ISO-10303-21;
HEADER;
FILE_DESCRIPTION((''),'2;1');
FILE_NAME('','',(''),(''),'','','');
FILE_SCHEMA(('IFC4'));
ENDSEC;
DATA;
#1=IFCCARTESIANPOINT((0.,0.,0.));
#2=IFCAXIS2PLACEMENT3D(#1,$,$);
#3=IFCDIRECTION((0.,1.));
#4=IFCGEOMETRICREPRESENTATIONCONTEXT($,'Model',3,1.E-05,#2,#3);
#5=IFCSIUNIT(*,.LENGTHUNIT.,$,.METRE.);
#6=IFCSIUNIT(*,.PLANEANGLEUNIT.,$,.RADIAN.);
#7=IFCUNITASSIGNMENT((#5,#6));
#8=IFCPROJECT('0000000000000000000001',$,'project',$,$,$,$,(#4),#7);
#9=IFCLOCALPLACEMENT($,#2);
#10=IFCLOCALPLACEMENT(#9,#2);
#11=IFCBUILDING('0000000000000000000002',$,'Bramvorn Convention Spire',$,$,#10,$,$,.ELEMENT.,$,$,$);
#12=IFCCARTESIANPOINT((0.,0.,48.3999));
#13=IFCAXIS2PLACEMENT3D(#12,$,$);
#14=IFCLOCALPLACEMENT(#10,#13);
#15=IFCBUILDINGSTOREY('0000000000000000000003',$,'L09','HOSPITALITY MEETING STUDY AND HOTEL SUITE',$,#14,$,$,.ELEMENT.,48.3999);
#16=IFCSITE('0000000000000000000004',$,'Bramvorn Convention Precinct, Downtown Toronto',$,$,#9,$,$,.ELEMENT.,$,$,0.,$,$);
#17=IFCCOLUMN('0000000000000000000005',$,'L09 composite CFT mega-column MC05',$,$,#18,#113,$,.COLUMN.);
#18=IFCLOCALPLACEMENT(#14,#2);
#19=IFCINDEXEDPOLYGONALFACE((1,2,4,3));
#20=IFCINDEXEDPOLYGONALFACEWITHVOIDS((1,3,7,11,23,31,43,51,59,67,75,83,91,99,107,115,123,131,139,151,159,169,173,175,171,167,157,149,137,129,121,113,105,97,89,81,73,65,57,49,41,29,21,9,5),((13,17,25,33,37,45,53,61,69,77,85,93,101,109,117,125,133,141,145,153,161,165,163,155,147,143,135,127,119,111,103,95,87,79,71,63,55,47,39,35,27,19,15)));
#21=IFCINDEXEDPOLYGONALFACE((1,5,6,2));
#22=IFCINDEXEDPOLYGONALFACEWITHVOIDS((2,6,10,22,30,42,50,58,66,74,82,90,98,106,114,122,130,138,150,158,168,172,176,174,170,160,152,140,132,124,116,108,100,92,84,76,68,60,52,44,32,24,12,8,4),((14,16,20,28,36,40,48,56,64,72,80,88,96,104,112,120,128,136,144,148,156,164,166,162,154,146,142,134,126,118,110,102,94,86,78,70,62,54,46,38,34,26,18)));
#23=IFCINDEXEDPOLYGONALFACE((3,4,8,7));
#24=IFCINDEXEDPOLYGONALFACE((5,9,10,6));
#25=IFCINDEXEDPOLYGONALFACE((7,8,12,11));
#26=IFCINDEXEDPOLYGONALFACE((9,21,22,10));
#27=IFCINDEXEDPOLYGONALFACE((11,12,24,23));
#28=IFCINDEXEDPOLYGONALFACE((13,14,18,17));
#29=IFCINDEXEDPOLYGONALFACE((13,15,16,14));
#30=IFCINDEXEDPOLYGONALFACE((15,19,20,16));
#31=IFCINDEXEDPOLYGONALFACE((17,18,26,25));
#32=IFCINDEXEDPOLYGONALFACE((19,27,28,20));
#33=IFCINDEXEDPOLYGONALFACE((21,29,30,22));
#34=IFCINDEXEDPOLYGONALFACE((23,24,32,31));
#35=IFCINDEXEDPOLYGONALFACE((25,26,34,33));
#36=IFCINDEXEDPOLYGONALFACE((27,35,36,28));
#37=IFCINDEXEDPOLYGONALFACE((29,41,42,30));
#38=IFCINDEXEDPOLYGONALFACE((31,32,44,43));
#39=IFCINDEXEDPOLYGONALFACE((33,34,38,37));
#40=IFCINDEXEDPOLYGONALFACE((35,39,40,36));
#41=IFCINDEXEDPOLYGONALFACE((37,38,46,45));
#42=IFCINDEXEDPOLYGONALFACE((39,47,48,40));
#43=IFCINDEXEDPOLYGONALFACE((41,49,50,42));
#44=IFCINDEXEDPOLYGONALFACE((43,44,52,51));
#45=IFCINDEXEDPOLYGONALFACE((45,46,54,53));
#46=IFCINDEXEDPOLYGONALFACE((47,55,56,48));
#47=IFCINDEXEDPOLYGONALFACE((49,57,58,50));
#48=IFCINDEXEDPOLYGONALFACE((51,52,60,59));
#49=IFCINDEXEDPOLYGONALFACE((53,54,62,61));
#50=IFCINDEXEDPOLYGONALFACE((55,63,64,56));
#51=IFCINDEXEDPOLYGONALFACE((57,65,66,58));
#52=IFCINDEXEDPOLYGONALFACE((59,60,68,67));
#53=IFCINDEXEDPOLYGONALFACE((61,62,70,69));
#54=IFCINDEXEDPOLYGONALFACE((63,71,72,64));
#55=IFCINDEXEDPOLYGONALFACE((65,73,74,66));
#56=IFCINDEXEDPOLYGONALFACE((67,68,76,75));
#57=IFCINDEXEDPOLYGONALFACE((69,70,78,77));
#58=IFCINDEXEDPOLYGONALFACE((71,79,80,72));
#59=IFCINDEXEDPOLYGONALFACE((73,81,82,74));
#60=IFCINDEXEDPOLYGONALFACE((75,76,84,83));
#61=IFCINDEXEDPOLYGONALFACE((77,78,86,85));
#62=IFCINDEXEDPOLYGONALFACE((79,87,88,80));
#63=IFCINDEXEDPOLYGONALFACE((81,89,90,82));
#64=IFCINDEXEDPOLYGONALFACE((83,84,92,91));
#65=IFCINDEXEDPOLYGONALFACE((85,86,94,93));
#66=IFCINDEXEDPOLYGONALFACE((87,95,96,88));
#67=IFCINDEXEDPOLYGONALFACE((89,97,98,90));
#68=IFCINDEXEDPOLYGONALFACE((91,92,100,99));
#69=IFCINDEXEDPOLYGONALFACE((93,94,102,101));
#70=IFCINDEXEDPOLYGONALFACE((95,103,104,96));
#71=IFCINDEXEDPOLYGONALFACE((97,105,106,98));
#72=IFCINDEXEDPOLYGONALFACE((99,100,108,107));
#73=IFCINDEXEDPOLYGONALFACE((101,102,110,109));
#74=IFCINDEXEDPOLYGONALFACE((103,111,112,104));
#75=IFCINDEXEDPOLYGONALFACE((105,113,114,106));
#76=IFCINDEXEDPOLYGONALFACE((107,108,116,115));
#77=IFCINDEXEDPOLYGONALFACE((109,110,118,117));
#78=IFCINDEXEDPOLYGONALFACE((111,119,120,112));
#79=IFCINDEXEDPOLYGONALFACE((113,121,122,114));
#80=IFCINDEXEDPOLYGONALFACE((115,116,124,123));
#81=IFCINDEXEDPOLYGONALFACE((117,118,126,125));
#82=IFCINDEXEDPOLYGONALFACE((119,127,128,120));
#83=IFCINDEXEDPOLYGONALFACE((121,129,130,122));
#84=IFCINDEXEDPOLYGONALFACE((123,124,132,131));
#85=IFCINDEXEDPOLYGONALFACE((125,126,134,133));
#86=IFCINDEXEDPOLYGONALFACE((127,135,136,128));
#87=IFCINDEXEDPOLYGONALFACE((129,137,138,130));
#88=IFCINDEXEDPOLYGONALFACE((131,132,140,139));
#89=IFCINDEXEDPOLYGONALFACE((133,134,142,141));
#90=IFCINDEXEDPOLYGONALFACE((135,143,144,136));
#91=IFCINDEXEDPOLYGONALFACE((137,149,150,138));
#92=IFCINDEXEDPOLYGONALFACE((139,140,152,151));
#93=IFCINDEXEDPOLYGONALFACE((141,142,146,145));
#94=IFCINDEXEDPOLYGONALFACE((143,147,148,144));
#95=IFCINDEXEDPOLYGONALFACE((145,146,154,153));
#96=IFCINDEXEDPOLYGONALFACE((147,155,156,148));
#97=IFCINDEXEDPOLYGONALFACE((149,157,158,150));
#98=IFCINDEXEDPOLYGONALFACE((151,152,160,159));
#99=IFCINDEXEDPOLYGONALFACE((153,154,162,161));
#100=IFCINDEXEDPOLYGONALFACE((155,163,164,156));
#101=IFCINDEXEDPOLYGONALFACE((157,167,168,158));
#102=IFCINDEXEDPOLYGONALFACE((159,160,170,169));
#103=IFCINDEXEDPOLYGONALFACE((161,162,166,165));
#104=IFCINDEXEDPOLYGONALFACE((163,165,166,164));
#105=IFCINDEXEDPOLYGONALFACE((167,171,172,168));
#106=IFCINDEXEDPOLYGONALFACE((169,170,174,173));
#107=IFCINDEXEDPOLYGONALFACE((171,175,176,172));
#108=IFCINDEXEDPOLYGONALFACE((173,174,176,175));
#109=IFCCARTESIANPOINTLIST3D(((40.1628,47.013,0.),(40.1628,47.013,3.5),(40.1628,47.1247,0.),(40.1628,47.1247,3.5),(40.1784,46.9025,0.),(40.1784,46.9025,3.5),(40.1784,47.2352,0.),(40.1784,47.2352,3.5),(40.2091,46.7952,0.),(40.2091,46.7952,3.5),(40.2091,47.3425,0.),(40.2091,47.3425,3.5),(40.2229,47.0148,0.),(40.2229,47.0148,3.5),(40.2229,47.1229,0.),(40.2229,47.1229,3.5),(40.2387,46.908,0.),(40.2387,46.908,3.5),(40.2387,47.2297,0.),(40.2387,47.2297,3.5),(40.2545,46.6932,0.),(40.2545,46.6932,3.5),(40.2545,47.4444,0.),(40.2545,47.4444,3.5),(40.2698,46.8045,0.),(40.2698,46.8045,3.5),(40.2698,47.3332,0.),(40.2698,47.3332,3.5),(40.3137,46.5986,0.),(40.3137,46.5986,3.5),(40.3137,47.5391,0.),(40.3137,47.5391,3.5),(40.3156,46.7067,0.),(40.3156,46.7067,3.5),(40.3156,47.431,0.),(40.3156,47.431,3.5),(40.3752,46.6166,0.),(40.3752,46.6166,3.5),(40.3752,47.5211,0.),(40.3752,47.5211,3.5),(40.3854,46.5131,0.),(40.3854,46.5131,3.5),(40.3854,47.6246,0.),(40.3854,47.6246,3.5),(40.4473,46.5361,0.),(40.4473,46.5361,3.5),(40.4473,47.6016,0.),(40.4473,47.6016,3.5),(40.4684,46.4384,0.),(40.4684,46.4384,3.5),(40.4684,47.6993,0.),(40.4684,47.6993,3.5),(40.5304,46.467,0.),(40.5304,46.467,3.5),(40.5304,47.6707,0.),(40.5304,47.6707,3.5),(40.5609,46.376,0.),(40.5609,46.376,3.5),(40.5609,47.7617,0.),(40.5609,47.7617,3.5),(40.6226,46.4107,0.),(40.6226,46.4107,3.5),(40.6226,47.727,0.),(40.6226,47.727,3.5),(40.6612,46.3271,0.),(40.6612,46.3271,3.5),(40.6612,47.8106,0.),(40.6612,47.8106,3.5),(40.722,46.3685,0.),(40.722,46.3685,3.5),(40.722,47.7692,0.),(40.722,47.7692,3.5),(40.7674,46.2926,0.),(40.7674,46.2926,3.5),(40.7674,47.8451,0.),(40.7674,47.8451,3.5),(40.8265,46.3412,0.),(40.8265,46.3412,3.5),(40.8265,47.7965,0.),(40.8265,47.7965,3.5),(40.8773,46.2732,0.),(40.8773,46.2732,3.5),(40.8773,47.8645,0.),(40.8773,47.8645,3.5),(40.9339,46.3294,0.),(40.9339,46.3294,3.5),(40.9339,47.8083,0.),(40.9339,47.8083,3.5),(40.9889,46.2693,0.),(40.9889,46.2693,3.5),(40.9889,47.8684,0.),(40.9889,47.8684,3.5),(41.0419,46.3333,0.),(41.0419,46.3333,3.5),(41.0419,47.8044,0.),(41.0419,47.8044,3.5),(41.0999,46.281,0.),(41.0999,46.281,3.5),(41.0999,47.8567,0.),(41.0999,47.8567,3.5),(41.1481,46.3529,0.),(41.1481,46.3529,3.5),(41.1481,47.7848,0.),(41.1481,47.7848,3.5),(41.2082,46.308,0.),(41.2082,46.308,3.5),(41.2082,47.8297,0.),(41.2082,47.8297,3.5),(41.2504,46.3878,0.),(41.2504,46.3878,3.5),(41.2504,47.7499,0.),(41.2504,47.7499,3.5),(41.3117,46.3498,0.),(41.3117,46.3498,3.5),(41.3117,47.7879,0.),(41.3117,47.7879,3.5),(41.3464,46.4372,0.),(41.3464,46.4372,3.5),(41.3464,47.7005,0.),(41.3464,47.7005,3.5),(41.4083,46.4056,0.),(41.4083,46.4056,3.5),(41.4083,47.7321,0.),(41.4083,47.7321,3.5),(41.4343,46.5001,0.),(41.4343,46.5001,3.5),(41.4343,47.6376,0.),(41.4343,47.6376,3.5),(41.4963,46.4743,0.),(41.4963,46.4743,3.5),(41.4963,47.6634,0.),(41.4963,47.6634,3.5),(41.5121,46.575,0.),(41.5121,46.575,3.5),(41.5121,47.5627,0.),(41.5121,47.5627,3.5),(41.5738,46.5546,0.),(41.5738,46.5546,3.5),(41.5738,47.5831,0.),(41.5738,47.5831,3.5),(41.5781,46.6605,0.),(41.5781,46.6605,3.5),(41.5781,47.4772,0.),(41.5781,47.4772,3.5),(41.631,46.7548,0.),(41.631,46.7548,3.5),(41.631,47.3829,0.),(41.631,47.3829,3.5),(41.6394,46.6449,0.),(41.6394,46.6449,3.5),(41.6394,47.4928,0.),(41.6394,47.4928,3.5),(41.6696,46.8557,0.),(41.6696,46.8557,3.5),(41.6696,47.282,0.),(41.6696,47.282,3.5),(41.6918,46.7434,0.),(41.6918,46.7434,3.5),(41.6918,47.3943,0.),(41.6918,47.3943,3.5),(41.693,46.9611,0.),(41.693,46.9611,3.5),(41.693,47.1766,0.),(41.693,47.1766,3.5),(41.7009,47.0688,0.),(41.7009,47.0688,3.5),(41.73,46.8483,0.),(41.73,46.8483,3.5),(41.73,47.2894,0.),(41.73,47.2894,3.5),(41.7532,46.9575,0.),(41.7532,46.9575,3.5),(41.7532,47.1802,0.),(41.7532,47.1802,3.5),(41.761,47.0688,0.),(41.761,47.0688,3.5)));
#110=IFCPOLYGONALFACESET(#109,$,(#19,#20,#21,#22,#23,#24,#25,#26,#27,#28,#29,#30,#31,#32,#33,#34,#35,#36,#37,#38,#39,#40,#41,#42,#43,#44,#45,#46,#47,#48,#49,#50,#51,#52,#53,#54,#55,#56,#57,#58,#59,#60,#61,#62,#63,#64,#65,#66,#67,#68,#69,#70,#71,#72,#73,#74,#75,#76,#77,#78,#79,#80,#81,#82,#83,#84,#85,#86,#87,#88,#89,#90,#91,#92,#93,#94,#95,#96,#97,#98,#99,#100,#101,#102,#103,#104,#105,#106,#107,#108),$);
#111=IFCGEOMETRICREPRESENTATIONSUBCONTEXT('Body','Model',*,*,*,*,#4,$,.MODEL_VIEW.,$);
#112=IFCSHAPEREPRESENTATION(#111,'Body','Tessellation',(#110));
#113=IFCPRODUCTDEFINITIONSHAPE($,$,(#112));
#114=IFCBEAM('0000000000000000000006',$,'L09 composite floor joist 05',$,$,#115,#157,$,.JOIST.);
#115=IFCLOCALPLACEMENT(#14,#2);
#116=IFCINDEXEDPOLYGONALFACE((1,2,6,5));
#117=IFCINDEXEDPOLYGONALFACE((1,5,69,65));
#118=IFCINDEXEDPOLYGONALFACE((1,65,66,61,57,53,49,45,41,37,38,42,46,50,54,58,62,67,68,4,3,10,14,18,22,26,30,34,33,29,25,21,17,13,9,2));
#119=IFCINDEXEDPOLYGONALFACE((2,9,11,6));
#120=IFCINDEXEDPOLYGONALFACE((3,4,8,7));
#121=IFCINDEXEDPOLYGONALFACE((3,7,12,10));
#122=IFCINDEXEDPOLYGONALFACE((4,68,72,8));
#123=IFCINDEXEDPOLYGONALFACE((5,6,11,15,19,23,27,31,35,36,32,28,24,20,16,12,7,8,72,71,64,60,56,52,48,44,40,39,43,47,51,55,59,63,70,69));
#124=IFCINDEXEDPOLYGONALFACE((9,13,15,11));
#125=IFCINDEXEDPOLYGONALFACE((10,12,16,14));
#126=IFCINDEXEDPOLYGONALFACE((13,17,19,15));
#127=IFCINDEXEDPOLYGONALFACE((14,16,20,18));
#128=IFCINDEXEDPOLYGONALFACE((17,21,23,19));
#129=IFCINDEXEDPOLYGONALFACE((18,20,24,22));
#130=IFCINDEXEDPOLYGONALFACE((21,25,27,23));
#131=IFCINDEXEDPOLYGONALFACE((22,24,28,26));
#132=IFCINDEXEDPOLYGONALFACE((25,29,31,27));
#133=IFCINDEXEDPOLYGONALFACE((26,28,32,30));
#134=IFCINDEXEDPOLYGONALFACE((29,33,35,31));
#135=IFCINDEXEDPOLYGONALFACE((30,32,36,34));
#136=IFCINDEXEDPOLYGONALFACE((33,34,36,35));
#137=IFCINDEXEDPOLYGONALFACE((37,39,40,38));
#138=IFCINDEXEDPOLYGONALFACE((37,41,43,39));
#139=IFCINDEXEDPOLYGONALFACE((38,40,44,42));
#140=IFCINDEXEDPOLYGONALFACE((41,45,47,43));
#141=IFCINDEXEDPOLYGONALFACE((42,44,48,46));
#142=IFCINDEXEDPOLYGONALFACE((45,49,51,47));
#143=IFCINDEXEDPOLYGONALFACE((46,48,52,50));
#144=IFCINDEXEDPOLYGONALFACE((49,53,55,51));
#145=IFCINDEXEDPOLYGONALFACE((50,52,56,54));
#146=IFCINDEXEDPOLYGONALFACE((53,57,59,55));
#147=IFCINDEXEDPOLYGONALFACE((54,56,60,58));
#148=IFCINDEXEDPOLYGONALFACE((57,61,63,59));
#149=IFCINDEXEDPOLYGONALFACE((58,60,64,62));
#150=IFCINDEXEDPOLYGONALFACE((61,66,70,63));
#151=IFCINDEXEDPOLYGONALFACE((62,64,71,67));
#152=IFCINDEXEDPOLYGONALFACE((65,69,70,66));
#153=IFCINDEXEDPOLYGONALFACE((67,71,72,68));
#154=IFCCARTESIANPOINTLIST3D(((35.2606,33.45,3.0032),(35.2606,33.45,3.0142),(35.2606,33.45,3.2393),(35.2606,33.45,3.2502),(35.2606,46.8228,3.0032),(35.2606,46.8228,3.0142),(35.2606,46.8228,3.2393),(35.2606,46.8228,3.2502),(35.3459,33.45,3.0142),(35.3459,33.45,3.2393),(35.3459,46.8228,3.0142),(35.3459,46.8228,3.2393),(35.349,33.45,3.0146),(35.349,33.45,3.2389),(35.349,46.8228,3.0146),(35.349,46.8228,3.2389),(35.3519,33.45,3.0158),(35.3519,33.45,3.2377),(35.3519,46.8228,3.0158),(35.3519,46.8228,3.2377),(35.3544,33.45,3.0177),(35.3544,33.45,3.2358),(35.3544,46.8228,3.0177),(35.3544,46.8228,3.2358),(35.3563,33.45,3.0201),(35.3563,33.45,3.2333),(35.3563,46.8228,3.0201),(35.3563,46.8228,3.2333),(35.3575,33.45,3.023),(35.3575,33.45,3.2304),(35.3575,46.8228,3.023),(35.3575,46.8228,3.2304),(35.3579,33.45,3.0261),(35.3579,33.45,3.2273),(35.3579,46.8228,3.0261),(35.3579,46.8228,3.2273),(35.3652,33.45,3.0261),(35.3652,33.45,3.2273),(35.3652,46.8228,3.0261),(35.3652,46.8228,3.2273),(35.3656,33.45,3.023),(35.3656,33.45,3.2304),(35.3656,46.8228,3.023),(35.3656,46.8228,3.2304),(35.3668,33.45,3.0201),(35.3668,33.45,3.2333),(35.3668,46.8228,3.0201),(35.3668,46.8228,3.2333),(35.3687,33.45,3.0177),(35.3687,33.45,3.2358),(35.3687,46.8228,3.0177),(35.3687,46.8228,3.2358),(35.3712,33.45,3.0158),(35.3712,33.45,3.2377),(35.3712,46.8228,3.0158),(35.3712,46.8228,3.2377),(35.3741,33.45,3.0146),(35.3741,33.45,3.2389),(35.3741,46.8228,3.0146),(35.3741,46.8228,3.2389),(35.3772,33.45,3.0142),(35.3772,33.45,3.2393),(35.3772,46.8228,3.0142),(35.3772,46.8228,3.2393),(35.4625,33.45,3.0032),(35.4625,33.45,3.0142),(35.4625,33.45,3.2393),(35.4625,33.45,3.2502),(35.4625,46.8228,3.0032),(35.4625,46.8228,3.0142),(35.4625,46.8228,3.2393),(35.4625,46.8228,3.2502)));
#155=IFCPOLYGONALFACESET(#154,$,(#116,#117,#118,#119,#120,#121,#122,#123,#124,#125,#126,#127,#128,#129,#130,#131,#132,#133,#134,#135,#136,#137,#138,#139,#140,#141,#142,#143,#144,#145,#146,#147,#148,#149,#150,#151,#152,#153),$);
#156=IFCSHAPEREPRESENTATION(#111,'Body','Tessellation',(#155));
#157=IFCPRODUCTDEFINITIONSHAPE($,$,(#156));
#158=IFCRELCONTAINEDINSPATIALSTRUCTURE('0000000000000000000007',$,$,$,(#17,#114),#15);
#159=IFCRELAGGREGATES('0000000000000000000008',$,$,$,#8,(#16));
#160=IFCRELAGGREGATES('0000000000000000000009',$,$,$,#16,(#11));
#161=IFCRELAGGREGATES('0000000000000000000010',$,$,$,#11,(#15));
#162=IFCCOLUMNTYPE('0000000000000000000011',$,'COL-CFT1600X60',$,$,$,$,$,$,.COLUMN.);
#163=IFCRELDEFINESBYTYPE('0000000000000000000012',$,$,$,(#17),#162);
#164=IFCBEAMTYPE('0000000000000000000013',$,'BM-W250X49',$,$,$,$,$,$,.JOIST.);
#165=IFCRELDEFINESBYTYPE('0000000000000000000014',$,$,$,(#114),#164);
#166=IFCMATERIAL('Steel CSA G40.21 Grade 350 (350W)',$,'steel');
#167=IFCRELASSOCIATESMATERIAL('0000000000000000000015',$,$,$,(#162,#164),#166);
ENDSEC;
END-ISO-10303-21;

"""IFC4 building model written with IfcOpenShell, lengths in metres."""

from ifc_helpers import new_model, si_unit, direction, frame, origin, origin_2d, place, context, subcontext, project, spatial, hollow_circle, i_section, extrude, material, material_profile, profile_set, type_object, element, save


model = new_model("IFC4")

# Units and contexts
model_context = context("Model", 3, precision=1e-05, world=origin(), true_north=direction((0.0, 1.0)))
body_context = subcontext(model_context, "Body", "Model", "MODEL_VIEW")
ifc_project = project(units=[si_unit("LENGTHUNIT", "METRE"), si_unit("PLANEANGLEUNIT", "RADIAN")], contexts=[model_context])

# Site, building, storey
site_placement = place(None, origin())
site = spatial("IfcSite", under=ifc_project, at=site_placement, Name="Bramvorn Convention Precinct, Downtown Toronto", CompositionType="ELEMENT", RefElevation=0.0)
building_placement = place(site_placement, origin())
building = spatial("IfcBuilding", under=site, at=building_placement, Name="Bramvorn Convention Spire", CompositionType="ELEMENT")
storey_placement = place(building_placement, frame((0.0, 0.0, 48.3999)))
storey = spatial("IfcBuildingStorey", under=building, at=storey_placement, Name="L09", Description="HOSPITALITY MEETING STUDY AND HOTEL SUITE", CompositionType="ELEMENT", Elevation=48.3999)

# Column
ifc_material_1 = material(Name="Steel CSA G40.21 Grade 350 (350W)", Category="steel")
ifc_material_profile_1 = material_profile(ifc_material_1, hollow_circle(Radius=0.8, WallThickness=0.0601, at=origin_2d()))
ifc_profile_set_1 = profile_set([ifc_material_profile_1], Name="Steel CSA G40.21 Grade 350 (350W) - CFT1600X60")
column_type = type_object("IfcColumnType", Name="COL-CFT1600X60", PredefinedType="COLUMN", material=ifc_profile_set_1)
column_placement = place(storey_placement, frame((40.9609, 47.0688, 0.0), z_axis=(0.0, 0.0, 1.0), x_axis=(1.0, 0.0, 0.0)))
element("IfcColumn", 1, at=column_placement, inside=storey, type_object=column_type, Name="L09 composite CFT mega-column MC05", PredefinedType="COLUMN", context=body_context, shape_type="SweptSolid", body=[
    extrude(hollow_circle(Radius=0.8, WallThickness=0.0601, at=origin_2d()), origin(), (0.0, 0.0, 1.0), 3.5),
])

# Beam
ifc_material_profile_2 = material_profile(ifc_material_1, i_section(OverallWidth=0.2019, OverallDepth=0.2471, WebThickness=0.0073, FlangeThickness=0.011, FilletRadius=0.012, at=origin_2d()))
ifc_profile_set_2 = profile_set([ifc_material_profile_2], Name="Steel CSA G40.21 Grade 350 (350W) - W250X49")
beam_type_1 = type_object("IfcBeamType", Name="BM-W250X49", PredefinedType="JOIST", material=ifc_profile_set_2)
beam_1_placement = place(storey_placement, frame((35.3616, 33.45, 3.1267), z_axis=(0.0, 1.0, 0.0), x_axis=(-1.0, 0.0, 0.0)))
element("IfcBeam", 2, at=beam_1_placement, inside=storey, type_object=beam_type_1, Name="L09 composite floor joist 05", PredefinedType="JOIST", context=body_context, shape_type="SweptSolid", body=[
    extrude(i_section(OverallWidth=0.2019, OverallDepth=0.2471, WebThickness=0.0073, FlangeThickness=0.011, FilletRadius=0.012, at=origin_2d()), origin(), (0.0, 0.0, 1.0), 13.3728),
])

save(model, "model.ifc")
